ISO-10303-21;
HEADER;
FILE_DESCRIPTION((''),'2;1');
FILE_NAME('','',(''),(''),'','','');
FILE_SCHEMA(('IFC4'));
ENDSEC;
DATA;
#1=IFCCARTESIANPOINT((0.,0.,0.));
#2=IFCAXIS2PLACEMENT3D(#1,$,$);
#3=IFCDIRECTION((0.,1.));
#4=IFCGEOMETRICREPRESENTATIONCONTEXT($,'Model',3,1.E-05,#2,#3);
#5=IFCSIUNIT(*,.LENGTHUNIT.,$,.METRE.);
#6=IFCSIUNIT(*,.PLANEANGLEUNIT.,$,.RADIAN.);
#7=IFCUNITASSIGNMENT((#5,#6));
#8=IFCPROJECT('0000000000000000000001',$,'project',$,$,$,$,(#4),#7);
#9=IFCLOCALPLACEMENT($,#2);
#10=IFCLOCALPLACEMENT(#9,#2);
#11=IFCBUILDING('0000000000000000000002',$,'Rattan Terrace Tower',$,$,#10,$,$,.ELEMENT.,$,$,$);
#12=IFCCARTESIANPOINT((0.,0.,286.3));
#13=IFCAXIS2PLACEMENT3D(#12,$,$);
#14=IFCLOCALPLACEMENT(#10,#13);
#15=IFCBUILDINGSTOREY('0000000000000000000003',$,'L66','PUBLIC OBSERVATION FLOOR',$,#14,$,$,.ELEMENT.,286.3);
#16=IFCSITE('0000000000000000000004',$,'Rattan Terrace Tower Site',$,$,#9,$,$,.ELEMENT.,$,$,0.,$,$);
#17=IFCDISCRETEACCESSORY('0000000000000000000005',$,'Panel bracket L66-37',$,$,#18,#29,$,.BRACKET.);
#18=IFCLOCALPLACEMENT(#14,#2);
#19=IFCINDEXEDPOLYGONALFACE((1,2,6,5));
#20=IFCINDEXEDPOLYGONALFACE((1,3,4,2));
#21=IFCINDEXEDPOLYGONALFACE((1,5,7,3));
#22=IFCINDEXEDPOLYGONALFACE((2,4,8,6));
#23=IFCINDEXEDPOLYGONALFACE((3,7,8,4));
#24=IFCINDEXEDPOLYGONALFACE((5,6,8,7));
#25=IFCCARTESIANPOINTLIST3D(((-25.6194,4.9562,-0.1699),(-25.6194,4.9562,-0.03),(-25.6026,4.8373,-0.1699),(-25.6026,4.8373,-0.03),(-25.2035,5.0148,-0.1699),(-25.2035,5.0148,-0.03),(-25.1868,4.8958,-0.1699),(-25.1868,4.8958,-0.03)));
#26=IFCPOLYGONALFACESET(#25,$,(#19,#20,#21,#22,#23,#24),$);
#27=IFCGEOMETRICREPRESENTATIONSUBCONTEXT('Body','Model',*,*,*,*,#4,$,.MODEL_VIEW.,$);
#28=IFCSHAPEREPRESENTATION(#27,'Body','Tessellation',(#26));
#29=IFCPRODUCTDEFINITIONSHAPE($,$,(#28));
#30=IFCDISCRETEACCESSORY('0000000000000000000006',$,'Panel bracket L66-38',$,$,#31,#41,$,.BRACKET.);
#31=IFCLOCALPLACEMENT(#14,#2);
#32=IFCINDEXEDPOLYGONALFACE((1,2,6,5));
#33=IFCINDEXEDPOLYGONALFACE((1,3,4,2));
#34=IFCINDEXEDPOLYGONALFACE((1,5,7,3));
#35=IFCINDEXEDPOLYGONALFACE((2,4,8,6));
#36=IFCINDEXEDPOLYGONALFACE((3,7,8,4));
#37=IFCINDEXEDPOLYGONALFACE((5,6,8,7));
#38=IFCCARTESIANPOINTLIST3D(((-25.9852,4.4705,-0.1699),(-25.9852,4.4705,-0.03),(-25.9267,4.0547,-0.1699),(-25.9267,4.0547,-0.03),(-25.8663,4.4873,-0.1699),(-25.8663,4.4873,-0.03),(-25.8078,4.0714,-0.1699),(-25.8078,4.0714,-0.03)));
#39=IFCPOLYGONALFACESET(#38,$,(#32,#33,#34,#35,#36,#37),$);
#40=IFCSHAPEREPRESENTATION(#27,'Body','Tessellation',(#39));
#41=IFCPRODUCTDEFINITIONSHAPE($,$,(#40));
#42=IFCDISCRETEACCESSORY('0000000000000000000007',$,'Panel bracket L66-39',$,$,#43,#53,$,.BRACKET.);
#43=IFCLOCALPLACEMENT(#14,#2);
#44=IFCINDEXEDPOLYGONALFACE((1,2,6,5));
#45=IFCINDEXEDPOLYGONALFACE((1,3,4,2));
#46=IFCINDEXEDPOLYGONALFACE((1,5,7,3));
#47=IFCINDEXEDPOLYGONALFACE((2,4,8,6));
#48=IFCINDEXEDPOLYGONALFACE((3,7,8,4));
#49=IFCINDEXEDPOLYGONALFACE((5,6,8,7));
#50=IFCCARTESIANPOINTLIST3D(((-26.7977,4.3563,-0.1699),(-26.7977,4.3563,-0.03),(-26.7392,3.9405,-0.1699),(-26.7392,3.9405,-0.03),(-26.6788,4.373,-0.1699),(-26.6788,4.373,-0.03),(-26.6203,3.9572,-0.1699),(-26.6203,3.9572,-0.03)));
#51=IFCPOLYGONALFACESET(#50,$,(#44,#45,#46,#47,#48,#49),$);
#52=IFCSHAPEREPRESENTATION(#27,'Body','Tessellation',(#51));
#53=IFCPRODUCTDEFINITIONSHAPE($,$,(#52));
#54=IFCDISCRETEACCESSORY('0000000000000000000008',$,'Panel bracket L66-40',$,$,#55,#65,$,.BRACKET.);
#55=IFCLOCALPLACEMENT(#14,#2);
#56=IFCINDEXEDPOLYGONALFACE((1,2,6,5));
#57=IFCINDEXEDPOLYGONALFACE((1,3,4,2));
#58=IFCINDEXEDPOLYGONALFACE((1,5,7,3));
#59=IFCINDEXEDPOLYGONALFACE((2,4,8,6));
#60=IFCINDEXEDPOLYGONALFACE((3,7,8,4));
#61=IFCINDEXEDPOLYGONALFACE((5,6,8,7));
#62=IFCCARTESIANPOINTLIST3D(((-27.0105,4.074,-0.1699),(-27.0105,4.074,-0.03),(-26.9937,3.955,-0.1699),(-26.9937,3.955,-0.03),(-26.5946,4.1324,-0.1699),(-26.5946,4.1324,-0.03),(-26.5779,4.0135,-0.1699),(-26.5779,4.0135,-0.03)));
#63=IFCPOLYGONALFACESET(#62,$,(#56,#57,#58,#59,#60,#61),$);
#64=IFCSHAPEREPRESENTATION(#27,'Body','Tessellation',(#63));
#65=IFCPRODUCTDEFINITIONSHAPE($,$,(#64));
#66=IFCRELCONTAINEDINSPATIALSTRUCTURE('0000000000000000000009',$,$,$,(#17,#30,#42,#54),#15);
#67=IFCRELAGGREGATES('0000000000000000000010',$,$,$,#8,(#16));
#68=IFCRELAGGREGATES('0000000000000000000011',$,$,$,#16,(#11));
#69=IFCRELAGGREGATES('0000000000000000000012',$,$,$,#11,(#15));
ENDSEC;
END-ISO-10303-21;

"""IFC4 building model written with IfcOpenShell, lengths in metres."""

from ifc_helpers import new_model, si_unit, direction, frame, origin, origin_2d, place, context, subcontext, project, spatial, rectangle, extrude, element, save


model = new_model("IFC4")

# Units and contexts
model_context = context("Model", 3, precision=1e-05, world=origin(), true_north=direction((0.0, 1.0)))
body_context = subcontext(model_context, "Body", "Model", "MODEL_VIEW")
ifc_project = project(units=[si_unit("LENGTHUNIT", "METRE"), si_unit("PLANEANGLEUNIT", "RADIAN")], contexts=[model_context])

# Site, building, storey
site_placement = place(None, origin())
site = spatial("IfcSite", under=ifc_project, at=site_placement, Name="Rattan Terrace Tower Site", CompositionType="ELEMENT", RefElevation=0.0)
building_placement = place(site_placement, origin())
building = spatial("IfcBuilding", under=site, at=building_placement, Name="Rattan Terrace Tower", CompositionType="ELEMENT")
storey_placement = place(building_placement, frame((0.0, 0.0, 286.3)))
storey = spatial("IfcBuildingStorey", under=building, at=storey_placement, Name="L66", Description="PUBLIC OBSERVATION FLOOR", CompositionType="ELEMENT", Elevation=286.3)

# Discrete accessories
for number, where, z_axis, x_axis, name in (
    (1, (-25.4031, 4.926, -0.1699), (0.0, 0.0, 1.0), (0.139367, -0.990241, 0.0), "Panel bracket L66-37"),
    (2, (-25.8965, 4.271, -0.1699), (0.0, 0.0, 1.0), (-0.990254, -0.139275, 0.0), "Panel bracket L66-38"),
    (3, (-26.709, 4.1567, -0.1699), (0.0, 0.0, 1.0), (-0.990254, -0.139275, 0.0), "Panel bracket L66-39"),
    (4, (-26.7942, 4.0437, -0.1699), (0.0, 0.0, 1.0), (0.139192, -0.990265, 0.0), "Panel bracket L66-40"),
):
    element("IfcDiscreteAccessory", number, at=place(storey_placement, frame(where, z_axis=z_axis, x_axis=x_axis)), inside=storey, Name=name, PredefinedType="BRACKET", context=body_context, shape_type="SweptSolid", body=[
        extrude(rectangle(XDim=0.1201, YDim=0.4199, at=origin_2d()), origin(), (0.0, 0.0, 1.0), 0.1399),
    ])

save(model, "model.ifc")
